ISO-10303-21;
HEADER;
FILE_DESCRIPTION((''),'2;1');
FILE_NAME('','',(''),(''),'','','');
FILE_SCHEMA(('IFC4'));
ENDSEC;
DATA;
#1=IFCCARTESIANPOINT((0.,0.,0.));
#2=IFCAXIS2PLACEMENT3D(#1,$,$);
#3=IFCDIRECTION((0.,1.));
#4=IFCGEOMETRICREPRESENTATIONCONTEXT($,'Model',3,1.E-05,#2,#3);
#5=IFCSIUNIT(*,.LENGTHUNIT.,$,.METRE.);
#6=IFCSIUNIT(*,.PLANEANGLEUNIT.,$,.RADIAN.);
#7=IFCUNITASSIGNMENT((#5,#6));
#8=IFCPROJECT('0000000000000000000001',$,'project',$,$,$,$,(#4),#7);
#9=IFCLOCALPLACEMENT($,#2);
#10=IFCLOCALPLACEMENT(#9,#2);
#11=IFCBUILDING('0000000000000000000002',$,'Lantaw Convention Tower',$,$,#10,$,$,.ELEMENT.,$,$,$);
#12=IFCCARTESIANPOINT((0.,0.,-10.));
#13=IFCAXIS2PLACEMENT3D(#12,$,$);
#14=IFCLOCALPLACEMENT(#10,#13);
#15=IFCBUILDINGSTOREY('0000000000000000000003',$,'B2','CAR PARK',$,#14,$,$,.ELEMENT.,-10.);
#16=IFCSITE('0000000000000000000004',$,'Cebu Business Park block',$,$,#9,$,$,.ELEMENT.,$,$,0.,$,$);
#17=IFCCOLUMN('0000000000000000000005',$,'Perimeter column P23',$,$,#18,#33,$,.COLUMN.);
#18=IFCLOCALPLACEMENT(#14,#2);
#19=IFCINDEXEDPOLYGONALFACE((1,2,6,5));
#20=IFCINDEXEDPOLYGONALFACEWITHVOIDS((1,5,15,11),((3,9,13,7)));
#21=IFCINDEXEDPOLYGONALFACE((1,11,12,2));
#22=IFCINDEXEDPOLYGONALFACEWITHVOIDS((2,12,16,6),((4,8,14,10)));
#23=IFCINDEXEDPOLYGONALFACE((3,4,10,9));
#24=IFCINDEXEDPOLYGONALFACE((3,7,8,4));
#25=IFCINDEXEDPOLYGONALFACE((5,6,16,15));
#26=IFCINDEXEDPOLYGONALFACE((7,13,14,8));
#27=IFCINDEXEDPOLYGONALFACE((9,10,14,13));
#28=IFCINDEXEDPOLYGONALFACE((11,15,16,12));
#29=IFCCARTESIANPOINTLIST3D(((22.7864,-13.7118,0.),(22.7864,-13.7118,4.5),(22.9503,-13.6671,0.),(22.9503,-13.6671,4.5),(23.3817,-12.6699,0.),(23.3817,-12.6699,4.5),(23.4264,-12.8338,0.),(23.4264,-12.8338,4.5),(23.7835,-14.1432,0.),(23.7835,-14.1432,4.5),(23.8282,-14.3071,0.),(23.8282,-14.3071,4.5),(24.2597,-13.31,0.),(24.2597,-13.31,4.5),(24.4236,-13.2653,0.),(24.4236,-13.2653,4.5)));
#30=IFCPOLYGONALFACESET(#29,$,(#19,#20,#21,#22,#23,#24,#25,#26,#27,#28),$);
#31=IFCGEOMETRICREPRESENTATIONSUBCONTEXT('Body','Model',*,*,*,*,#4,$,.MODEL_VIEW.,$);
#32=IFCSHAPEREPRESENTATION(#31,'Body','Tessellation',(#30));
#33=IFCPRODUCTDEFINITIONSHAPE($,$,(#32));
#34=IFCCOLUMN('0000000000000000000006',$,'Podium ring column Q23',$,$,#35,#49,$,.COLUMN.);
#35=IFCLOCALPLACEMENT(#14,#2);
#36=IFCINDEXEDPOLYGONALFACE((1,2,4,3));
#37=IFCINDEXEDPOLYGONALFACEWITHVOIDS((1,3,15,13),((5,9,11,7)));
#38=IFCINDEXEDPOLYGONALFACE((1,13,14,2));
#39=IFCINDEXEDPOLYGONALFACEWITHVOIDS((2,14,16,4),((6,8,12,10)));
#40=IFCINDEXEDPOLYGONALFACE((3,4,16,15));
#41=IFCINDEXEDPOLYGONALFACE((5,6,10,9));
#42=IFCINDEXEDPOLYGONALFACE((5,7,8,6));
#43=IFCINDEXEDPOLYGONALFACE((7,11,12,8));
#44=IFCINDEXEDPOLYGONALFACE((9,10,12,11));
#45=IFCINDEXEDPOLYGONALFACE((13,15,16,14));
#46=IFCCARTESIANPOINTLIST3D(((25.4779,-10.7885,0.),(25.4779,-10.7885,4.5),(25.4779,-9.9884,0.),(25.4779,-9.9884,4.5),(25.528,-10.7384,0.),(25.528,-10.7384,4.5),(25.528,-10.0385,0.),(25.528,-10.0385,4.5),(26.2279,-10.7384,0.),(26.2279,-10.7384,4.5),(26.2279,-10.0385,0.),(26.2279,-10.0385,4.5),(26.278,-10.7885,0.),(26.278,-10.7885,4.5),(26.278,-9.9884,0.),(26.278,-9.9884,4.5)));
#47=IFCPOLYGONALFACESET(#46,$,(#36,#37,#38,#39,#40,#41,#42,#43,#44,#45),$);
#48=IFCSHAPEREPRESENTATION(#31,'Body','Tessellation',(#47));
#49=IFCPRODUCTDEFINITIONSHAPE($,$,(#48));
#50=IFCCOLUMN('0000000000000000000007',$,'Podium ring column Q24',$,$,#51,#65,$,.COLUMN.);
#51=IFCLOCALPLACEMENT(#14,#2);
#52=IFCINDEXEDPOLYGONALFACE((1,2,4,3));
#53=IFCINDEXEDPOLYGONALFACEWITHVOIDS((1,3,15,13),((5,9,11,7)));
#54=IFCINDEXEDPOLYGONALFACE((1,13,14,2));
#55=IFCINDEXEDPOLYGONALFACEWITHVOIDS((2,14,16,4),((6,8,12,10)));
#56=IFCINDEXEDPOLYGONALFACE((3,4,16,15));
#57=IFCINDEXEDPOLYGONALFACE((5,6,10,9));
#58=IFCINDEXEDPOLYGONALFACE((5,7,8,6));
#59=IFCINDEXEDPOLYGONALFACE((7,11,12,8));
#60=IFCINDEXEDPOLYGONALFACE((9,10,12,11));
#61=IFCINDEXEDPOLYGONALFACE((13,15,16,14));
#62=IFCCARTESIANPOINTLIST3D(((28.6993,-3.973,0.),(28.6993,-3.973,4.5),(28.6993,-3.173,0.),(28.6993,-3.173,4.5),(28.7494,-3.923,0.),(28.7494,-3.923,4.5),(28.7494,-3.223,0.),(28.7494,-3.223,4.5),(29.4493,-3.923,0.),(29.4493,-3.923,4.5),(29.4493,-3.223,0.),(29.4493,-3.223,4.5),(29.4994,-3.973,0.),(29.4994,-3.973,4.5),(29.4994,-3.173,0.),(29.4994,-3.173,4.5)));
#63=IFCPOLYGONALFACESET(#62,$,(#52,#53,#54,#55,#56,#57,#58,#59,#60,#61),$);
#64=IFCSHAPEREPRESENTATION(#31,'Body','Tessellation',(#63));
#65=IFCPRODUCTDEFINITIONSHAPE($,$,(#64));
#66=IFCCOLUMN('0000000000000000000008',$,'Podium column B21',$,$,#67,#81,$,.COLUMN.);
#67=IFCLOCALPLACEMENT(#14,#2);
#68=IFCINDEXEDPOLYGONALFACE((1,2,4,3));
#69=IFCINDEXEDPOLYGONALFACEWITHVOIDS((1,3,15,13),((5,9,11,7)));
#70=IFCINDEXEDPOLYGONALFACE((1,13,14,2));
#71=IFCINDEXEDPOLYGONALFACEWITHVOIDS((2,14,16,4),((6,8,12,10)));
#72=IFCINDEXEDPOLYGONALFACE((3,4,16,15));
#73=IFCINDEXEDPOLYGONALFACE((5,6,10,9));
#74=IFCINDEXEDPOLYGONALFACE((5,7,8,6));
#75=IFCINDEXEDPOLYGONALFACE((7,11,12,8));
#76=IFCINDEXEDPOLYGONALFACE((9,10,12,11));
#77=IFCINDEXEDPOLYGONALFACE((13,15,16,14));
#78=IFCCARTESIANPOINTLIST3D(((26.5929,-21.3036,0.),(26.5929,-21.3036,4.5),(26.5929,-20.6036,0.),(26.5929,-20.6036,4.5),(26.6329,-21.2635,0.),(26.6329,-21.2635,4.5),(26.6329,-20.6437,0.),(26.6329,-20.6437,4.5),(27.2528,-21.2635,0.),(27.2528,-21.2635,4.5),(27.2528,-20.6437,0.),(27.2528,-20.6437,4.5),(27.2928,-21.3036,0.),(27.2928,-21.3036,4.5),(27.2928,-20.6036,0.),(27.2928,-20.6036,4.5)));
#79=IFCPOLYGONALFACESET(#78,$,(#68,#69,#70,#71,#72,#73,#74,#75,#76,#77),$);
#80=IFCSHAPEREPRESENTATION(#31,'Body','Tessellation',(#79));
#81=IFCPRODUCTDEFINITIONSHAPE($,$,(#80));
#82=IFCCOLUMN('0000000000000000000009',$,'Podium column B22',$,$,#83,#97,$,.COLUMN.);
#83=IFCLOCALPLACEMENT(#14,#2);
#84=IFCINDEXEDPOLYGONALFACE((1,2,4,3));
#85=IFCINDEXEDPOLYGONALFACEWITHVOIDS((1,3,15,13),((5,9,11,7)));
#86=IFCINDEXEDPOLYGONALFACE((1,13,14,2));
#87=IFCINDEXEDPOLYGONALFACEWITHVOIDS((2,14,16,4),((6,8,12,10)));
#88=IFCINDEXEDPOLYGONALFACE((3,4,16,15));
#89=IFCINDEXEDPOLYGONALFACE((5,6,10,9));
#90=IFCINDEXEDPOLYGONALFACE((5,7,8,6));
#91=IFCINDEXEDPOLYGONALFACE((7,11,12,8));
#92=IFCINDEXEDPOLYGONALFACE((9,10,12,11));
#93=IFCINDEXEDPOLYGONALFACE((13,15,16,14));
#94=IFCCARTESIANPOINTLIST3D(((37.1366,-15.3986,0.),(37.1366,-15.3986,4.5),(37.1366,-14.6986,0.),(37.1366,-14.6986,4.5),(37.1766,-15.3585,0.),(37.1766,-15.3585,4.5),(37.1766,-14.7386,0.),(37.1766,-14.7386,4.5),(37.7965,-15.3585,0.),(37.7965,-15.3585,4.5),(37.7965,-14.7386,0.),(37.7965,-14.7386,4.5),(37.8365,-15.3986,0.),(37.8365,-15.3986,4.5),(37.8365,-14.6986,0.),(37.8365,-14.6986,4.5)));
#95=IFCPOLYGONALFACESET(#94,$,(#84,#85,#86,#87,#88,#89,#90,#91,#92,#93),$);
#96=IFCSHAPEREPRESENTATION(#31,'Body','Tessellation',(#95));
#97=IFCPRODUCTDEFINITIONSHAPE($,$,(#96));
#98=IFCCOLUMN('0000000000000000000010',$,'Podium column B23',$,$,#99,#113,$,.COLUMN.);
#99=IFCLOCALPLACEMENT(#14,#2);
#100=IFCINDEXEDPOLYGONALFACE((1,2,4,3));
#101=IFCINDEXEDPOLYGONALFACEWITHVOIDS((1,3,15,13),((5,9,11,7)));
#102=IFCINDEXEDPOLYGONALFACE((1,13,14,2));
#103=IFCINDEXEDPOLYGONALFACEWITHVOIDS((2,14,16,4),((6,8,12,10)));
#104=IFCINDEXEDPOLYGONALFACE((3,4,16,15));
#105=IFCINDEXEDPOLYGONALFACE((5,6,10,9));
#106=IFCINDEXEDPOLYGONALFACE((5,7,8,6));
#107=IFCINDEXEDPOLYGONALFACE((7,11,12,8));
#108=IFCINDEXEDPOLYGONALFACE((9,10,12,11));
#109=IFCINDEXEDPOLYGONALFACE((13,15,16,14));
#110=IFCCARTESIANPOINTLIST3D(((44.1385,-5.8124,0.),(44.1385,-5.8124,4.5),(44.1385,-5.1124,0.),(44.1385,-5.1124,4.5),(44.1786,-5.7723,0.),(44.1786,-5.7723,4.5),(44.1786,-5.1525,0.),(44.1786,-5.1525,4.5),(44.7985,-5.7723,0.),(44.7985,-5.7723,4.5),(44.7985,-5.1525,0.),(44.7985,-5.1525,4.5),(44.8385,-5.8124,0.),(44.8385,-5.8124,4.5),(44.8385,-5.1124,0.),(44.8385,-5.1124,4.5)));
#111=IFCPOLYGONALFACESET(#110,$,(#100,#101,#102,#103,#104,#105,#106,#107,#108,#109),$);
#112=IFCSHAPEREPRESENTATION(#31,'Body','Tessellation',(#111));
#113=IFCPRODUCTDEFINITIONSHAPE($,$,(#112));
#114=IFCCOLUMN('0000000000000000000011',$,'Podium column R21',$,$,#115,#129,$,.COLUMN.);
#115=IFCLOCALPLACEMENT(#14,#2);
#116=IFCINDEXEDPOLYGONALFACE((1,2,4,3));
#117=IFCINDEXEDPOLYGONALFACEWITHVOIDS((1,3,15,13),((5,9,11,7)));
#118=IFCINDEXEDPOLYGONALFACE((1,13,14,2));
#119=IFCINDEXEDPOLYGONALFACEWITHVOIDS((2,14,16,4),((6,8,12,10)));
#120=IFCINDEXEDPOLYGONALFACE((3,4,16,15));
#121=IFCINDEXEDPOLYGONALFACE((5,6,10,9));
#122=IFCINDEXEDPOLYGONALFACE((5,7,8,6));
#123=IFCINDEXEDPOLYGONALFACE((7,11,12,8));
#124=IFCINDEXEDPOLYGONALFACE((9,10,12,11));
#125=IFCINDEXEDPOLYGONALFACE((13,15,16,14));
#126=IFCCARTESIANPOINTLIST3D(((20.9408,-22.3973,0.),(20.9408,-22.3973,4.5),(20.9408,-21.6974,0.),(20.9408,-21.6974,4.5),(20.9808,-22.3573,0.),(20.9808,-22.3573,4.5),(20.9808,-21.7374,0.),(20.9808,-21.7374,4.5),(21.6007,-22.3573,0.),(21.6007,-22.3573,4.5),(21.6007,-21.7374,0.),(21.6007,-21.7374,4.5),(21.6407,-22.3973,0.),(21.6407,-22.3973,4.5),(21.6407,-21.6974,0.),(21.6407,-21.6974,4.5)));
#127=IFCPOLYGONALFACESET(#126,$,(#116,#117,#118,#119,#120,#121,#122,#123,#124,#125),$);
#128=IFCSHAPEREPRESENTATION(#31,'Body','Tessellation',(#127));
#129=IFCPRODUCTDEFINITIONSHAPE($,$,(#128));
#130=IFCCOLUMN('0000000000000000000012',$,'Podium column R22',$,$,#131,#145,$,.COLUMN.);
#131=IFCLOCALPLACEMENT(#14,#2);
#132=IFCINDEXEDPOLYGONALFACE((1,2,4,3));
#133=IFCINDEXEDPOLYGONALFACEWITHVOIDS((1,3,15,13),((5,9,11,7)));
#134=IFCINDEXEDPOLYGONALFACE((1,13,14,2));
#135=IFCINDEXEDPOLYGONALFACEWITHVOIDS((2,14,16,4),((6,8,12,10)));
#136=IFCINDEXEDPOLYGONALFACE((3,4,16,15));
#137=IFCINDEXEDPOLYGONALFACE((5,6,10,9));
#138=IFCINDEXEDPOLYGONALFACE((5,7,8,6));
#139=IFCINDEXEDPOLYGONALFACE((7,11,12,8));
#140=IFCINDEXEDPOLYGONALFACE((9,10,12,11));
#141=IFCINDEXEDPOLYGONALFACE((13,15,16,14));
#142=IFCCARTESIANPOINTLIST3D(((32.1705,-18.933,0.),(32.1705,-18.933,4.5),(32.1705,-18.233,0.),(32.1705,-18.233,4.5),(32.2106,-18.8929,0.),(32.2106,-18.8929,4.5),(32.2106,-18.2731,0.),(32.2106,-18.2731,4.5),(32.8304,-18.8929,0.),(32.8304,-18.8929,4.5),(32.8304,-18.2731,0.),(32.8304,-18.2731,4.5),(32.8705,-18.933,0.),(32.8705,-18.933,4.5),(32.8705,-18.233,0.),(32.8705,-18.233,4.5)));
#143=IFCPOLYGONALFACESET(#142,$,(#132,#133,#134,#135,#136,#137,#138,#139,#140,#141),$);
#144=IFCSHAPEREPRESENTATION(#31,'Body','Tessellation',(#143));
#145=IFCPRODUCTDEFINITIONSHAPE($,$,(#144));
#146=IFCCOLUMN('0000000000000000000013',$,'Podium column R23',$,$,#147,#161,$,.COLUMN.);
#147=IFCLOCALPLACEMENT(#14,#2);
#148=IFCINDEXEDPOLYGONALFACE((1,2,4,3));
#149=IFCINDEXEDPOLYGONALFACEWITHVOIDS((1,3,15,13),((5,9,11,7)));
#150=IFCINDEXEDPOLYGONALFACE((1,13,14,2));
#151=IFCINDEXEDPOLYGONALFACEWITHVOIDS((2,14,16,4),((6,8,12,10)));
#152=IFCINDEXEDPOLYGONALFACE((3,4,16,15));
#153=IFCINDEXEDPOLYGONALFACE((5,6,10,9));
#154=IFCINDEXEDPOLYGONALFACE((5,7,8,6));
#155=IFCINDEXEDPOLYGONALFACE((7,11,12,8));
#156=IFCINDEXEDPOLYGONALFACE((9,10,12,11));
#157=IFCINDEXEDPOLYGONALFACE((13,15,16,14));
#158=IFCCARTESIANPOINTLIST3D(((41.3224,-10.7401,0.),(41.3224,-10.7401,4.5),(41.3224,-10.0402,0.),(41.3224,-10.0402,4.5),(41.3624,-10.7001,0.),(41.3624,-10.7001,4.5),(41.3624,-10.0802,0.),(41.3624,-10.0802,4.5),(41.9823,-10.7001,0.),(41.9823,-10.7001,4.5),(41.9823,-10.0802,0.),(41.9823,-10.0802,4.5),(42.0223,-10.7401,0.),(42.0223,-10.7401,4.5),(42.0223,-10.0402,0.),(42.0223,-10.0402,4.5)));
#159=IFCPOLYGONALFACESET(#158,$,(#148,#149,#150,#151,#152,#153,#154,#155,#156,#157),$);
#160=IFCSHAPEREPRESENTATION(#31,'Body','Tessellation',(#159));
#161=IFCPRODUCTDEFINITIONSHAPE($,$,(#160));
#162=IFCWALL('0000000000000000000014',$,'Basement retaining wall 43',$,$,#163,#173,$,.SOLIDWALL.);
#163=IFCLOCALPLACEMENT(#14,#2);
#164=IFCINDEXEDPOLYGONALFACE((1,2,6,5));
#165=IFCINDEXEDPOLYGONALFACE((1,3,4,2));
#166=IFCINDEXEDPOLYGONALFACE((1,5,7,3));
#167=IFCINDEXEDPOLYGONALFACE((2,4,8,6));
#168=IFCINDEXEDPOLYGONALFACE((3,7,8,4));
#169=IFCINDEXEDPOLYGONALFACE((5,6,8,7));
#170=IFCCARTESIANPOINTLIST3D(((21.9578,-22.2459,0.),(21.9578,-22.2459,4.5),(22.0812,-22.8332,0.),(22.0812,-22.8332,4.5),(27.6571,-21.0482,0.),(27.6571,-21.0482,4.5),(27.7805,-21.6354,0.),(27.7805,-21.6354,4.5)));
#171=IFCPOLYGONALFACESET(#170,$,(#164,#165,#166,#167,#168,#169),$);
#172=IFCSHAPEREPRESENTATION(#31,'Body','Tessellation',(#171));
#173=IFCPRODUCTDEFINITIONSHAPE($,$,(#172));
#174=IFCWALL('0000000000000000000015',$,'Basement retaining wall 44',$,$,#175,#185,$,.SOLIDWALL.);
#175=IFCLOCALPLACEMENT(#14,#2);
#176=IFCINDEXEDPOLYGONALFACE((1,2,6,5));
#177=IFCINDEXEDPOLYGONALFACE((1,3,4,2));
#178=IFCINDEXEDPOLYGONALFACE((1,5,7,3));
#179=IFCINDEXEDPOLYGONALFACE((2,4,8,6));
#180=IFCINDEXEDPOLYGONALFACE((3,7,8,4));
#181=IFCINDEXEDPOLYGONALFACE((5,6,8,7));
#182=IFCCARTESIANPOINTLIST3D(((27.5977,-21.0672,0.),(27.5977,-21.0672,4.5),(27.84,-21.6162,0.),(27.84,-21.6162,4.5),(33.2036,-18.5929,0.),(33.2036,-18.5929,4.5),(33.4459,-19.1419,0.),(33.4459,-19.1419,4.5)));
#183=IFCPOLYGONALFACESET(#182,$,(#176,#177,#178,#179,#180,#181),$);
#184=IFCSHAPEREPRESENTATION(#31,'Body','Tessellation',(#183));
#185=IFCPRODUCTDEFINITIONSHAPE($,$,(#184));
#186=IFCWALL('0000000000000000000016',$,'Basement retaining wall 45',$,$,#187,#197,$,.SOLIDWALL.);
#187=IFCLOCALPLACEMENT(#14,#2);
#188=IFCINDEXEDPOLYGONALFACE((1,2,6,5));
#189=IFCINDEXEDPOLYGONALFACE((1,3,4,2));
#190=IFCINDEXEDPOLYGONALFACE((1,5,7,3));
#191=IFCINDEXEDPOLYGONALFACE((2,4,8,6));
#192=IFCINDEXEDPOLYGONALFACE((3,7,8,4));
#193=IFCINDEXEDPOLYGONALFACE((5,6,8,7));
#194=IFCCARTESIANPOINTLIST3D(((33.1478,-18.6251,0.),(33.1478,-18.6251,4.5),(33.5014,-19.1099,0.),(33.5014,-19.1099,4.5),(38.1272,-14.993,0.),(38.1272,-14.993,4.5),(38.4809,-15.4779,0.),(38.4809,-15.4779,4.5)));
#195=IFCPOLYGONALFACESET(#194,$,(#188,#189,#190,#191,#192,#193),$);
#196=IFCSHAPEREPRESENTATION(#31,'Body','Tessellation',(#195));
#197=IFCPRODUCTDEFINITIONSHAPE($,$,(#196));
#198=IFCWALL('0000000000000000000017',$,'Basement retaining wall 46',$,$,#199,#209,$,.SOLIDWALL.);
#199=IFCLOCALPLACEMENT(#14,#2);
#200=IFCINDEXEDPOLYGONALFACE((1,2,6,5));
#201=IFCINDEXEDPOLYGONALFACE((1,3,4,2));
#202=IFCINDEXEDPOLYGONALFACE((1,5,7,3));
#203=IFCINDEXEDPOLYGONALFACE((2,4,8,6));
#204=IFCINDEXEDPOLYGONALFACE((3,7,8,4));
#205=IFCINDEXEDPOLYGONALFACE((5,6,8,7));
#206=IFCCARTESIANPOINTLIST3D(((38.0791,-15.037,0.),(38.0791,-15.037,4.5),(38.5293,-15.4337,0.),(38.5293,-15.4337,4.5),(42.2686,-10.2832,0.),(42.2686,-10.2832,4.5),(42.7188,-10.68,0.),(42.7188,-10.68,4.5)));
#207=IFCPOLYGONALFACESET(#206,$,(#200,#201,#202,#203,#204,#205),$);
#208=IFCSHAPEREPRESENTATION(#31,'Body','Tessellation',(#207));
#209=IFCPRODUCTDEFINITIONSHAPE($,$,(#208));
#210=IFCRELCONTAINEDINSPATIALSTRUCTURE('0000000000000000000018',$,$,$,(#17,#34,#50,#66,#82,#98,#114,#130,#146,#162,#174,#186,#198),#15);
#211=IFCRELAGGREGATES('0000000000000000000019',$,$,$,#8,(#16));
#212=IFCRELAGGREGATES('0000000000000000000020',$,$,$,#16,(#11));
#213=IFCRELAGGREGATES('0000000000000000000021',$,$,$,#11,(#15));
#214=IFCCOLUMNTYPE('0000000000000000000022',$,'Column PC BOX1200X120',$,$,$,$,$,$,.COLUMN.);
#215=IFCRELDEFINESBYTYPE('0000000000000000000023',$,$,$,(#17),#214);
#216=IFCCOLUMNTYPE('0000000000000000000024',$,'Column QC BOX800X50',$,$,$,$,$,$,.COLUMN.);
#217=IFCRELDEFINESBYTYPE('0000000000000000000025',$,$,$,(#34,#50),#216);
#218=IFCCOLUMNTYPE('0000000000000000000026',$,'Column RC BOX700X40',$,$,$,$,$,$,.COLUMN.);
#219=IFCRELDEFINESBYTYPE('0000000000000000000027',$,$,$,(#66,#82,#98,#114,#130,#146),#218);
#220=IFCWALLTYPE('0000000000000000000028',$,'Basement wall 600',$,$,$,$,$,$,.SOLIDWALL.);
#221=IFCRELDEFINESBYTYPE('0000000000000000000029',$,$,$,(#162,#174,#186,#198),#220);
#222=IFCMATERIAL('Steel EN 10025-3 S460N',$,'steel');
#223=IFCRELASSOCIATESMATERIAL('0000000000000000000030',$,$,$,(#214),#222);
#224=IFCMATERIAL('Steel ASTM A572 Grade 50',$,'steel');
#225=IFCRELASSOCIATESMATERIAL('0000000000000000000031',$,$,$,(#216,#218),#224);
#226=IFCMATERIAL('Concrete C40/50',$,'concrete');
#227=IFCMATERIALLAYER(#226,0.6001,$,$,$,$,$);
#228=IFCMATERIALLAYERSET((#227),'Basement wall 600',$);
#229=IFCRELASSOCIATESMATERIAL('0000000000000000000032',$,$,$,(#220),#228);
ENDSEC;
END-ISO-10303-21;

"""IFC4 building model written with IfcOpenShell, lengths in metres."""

from ifc_helpers import new_model, si_unit, direction, frame, frame_2d, origin, origin_2d, place, context, subcontext, project, spatial, rectangle, hollow_rectangle, extrude, material, layer, layer_set, material_profile, profile_set, type_object, element, save


model = new_model("IFC4")

# Units and contexts
model_context = context("Model", 3, precision=1e-05, world=origin(), true_north=direction((0.0, 1.0)))
body_context = subcontext(model_context, "Body", "Model", "MODEL_VIEW")
ifc_project = project(units=[si_unit("LENGTHUNIT", "METRE"), si_unit("PLANEANGLEUNIT", "RADIAN")], contexts=[model_context])

# Site, building, storey
site_placement = place(None, origin())
site = spatial("IfcSite", under=ifc_project, at=site_placement, Name="Cebu Business Park block", CompositionType="ELEMENT", RefElevation=0.0)
building_placement = place(site_placement, origin())
building = spatial("IfcBuilding", under=site, at=building_placement, Name="Lantaw Convention Tower", CompositionType="ELEMENT")
storey_placement = place(building_placement, frame((0.0, 0.0, -10.0)))
storey = spatial("IfcBuildingStorey", under=building, at=storey_placement, Name="B2", Description="CAR PARK", CompositionType="ELEMENT", Elevation=-10.0)

# Columns
ifc_material_1 = material(Name="Steel EN 10025-3 S460N", Category="steel")
ifc_material_2 = material(Name="Concrete C60/75", Category="concrete")
ifc_material_profile_1 = material_profile(ifc_material_1, hollow_rectangle(XDim=1.2, YDim=1.2, WallThickness=0.1201, at=origin_2d()), Name="BOX1200X120")
ifc_material_profile_2 = material_profile(ifc_material_2, rectangle(XDim=0.96, YDim=0.96, at=origin_2d()), Name="Concrete fill of BOX1200X120")
ifc_profile_set_1 = profile_set([ifc_material_profile_1, ifc_material_profile_2], Name="Steel EN 10025-3 S460N")
column_type_1 = type_object("IfcColumnType", Name="Column PC BOX1200X120", PredefinedType="COLUMN", material=ifc_profile_set_1)
column_1_placement = place(storey_placement, frame((23.605, -13.4885, 0.0), z_axis=(0.0, 0.0, 1.0), x_axis=(0.496139, 0.868243, 0.0)))
element("IfcColumn", 1, at=column_1_placement, inside=storey, type_object=column_type_1, Name="Perimeter column P23", PredefinedType="COLUMN", context=body_context, shape_type="SweptSolid", body=[
    extrude(hollow_rectangle(XDim=1.2, YDim=1.2, WallThickness=0.1201, at=origin_2d()), origin(), (0.0, 0.0, 1.0), 4.5),
])
ifc_material_3 = material(Name="Steel ASTM A572 Grade 50", Category="steel")
ifc_material_profile_3 = material_profile(ifc_material_3, hollow_rectangle(XDim=0.8, YDim=0.8, WallThickness=0.05, at=origin_2d()), Name="BOX800X50")
ifc_profile_set_2 = profile_set([ifc_material_profile_3], Name="Steel ASTM A572 Grade 50")
column_type_2 = type_object("IfcColumnType", Name="Column QC BOX800X50", PredefinedType="COLUMN", material=ifc_profile_set_2)
for number, where, z_axis, x_axis, name in (
    (2, (25.8779, -10.3884, 0.0), (0.0, 0.0, 1.0), (1.0, 0.0, 0.0), "Podium ring column Q23"),
    (3, (29.0994, -3.573, 0.0), (0.0, 0.0, 1.0), (1.0, 0.0, 0.0), "Podium ring column Q24"),
):
    element("IfcColumn", number, at=place(storey_placement, frame(where, z_axis=z_axis, x_axis=x_axis)), inside=storey, type_object=column_type_2, Name=name, PredefinedType="COLUMN", context=body_context, shape_type="SweptSolid", body=[
        extrude(hollow_rectangle(XDim=0.8, YDim=0.8, WallThickness=0.05, at=origin_2d()), origin(), (0.0, 0.0, 1.0), 4.5),
    ])
ifc_material_profile_4 = material_profile(ifc_material_3, hollow_rectangle(XDim=0.7, YDim=0.7, WallThickness=0.04, at=origin_2d()), Name="BOX700X40")
ifc_profile_set_3 = profile_set([ifc_material_profile_4], Name="Steel ASTM A572 Grade 50")
column_type_3 = type_object("IfcColumnType", Name="Column RC BOX700X40", PredefinedType="COLUMN", material=ifc_profile_set_3)
for number, where, z_axis, x_axis, name in (
    (4, (26.9429, -20.9536, 0.0), (0.0, 0.0, 1.0), (1.0, 0.0, 0.0), "Podium column B21"),
    (5, (37.4866, -15.0486, 0.0), (0.0, 0.0, 1.0), (1.0, 0.0, 0.0), "Podium column B22"),
    (6, (44.4885, -5.4624, 0.0), (0.0, 0.0, 1.0), (1.0, 0.0, 0.0), "Podium column B23"),
    (7, (21.2908, -22.0474, 0.0), (0.0, 0.0, 1.0), (1.0, 0.0, 0.0), "Podium column R21"),
    (8, (32.5205, -18.583, 0.0), (0.0, 0.0, 1.0), (1.0, 0.0, 0.0), "Podium column R22"),
    (9, (41.6724, -10.3901, 0.0), (0.0, 0.0, 1.0), (1.0, 0.0, 0.0), "Podium column R23"),
):
    element("IfcColumn", number, at=place(storey_placement, frame(where, z_axis=z_axis, x_axis=x_axis)), inside=storey, type_object=column_type_3, Name=name, PredefinedType="COLUMN", context=body_context, shape_type="SweptSolid", body=[
        extrude(hollow_rectangle(XDim=0.7, YDim=0.7, WallThickness=0.04, at=origin_2d()), origin(), (0.0, 0.0, 1.0), 4.5),
    ])

# Walls
ifc_material_4 = material(Name="Concrete C40/50", Category="concrete")
ifc_layer_1 = layer(ifc_material_4, 0.6001)
ifc_layer_set_1 = layer_set([ifc_layer_1], Name="Basement wall 600")
wall_type_1 = type_object("IfcWallType", Name="Basement wall 600", PredefinedType="SOLIDWALL", material=ifc_layer_set_1)
wall_1_placement = place(storey_placement, frame((22.0195, -22.5396, 0.0), z_axis=(0.0, 0.0, 1.0), x_axis=(0.978622, 0.205668, 0.0)))
element("IfcWall", 10, at=wall_1_placement, inside=storey, type_object=wall_type_1, Name="Basement retaining wall 43", PredefinedType="SOLIDWALL", context=body_context, shape_type="SweptSolid", body=[
    extrude(rectangle(XDim=5.8237, YDim=0.6001, at=frame_2d((2.9119, 0.0))), origin(), (0.0, 0.0, 1.0), 4.5),
])
wall_2_placement = place(storey_placement, frame((27.7188, -21.3418, 0.0), z_axis=(0.0, 0.0, 1.0), x_axis=(0.914849, 0.403797, 0.0)))
element("IfcWall", 11, at=wall_2_placement, inside=storey, type_object=wall_type_1, Name="Basement retaining wall 44", PredefinedType="SOLIDWALL", context=body_context, shape_type="SweptSolid", body=[
    extrude(rectangle(XDim=6.1277, YDim=0.6001, at=frame_2d((3.064, 0.0))), origin(), (0.0, 0.0, 1.0), 4.5),
])
wall_3_placement = place(storey_placement, frame((33.3247, -18.8674, 0.0), z_axis=(0.0, 0.0, 1.0), x_axis=(0.807915, 0.589299, 0.0)))
element("IfcWall", 12, at=wall_3_placement, inside=storey, type_object=wall_type_1, Name="Basement retaining wall 45", PredefinedType="SOLIDWALL", context=body_context, shape_type="SweptSolid", body=[
    extrude(rectangle(XDim=6.1633, YDim=0.6001, at=frame_2d((3.0815, 0.0))), origin(), (0.0, 0.0, 1.0), 4.5),
])
wall_4_placement = place(storey_placement, frame((38.3042, -15.2354, 0.0), z_axis=(0.0, 0.0, 1.0), x_axis=(0.661182, 0.750226, 0.0)))
element("IfcWall", 13, at=wall_4_placement, inside=storey, type_object=wall_type_1, Name="Basement retaining wall 46", PredefinedType="SOLIDWALL", context=body_context, shape_type="SweptSolid", body=[
    extrude(rectangle(XDim=6.3364, YDim=0.6001, at=frame_2d((3.1682, 0.0))), origin(), (0.0, 0.0, 1.0), 4.5),
])

save(model, "model.ifc")
